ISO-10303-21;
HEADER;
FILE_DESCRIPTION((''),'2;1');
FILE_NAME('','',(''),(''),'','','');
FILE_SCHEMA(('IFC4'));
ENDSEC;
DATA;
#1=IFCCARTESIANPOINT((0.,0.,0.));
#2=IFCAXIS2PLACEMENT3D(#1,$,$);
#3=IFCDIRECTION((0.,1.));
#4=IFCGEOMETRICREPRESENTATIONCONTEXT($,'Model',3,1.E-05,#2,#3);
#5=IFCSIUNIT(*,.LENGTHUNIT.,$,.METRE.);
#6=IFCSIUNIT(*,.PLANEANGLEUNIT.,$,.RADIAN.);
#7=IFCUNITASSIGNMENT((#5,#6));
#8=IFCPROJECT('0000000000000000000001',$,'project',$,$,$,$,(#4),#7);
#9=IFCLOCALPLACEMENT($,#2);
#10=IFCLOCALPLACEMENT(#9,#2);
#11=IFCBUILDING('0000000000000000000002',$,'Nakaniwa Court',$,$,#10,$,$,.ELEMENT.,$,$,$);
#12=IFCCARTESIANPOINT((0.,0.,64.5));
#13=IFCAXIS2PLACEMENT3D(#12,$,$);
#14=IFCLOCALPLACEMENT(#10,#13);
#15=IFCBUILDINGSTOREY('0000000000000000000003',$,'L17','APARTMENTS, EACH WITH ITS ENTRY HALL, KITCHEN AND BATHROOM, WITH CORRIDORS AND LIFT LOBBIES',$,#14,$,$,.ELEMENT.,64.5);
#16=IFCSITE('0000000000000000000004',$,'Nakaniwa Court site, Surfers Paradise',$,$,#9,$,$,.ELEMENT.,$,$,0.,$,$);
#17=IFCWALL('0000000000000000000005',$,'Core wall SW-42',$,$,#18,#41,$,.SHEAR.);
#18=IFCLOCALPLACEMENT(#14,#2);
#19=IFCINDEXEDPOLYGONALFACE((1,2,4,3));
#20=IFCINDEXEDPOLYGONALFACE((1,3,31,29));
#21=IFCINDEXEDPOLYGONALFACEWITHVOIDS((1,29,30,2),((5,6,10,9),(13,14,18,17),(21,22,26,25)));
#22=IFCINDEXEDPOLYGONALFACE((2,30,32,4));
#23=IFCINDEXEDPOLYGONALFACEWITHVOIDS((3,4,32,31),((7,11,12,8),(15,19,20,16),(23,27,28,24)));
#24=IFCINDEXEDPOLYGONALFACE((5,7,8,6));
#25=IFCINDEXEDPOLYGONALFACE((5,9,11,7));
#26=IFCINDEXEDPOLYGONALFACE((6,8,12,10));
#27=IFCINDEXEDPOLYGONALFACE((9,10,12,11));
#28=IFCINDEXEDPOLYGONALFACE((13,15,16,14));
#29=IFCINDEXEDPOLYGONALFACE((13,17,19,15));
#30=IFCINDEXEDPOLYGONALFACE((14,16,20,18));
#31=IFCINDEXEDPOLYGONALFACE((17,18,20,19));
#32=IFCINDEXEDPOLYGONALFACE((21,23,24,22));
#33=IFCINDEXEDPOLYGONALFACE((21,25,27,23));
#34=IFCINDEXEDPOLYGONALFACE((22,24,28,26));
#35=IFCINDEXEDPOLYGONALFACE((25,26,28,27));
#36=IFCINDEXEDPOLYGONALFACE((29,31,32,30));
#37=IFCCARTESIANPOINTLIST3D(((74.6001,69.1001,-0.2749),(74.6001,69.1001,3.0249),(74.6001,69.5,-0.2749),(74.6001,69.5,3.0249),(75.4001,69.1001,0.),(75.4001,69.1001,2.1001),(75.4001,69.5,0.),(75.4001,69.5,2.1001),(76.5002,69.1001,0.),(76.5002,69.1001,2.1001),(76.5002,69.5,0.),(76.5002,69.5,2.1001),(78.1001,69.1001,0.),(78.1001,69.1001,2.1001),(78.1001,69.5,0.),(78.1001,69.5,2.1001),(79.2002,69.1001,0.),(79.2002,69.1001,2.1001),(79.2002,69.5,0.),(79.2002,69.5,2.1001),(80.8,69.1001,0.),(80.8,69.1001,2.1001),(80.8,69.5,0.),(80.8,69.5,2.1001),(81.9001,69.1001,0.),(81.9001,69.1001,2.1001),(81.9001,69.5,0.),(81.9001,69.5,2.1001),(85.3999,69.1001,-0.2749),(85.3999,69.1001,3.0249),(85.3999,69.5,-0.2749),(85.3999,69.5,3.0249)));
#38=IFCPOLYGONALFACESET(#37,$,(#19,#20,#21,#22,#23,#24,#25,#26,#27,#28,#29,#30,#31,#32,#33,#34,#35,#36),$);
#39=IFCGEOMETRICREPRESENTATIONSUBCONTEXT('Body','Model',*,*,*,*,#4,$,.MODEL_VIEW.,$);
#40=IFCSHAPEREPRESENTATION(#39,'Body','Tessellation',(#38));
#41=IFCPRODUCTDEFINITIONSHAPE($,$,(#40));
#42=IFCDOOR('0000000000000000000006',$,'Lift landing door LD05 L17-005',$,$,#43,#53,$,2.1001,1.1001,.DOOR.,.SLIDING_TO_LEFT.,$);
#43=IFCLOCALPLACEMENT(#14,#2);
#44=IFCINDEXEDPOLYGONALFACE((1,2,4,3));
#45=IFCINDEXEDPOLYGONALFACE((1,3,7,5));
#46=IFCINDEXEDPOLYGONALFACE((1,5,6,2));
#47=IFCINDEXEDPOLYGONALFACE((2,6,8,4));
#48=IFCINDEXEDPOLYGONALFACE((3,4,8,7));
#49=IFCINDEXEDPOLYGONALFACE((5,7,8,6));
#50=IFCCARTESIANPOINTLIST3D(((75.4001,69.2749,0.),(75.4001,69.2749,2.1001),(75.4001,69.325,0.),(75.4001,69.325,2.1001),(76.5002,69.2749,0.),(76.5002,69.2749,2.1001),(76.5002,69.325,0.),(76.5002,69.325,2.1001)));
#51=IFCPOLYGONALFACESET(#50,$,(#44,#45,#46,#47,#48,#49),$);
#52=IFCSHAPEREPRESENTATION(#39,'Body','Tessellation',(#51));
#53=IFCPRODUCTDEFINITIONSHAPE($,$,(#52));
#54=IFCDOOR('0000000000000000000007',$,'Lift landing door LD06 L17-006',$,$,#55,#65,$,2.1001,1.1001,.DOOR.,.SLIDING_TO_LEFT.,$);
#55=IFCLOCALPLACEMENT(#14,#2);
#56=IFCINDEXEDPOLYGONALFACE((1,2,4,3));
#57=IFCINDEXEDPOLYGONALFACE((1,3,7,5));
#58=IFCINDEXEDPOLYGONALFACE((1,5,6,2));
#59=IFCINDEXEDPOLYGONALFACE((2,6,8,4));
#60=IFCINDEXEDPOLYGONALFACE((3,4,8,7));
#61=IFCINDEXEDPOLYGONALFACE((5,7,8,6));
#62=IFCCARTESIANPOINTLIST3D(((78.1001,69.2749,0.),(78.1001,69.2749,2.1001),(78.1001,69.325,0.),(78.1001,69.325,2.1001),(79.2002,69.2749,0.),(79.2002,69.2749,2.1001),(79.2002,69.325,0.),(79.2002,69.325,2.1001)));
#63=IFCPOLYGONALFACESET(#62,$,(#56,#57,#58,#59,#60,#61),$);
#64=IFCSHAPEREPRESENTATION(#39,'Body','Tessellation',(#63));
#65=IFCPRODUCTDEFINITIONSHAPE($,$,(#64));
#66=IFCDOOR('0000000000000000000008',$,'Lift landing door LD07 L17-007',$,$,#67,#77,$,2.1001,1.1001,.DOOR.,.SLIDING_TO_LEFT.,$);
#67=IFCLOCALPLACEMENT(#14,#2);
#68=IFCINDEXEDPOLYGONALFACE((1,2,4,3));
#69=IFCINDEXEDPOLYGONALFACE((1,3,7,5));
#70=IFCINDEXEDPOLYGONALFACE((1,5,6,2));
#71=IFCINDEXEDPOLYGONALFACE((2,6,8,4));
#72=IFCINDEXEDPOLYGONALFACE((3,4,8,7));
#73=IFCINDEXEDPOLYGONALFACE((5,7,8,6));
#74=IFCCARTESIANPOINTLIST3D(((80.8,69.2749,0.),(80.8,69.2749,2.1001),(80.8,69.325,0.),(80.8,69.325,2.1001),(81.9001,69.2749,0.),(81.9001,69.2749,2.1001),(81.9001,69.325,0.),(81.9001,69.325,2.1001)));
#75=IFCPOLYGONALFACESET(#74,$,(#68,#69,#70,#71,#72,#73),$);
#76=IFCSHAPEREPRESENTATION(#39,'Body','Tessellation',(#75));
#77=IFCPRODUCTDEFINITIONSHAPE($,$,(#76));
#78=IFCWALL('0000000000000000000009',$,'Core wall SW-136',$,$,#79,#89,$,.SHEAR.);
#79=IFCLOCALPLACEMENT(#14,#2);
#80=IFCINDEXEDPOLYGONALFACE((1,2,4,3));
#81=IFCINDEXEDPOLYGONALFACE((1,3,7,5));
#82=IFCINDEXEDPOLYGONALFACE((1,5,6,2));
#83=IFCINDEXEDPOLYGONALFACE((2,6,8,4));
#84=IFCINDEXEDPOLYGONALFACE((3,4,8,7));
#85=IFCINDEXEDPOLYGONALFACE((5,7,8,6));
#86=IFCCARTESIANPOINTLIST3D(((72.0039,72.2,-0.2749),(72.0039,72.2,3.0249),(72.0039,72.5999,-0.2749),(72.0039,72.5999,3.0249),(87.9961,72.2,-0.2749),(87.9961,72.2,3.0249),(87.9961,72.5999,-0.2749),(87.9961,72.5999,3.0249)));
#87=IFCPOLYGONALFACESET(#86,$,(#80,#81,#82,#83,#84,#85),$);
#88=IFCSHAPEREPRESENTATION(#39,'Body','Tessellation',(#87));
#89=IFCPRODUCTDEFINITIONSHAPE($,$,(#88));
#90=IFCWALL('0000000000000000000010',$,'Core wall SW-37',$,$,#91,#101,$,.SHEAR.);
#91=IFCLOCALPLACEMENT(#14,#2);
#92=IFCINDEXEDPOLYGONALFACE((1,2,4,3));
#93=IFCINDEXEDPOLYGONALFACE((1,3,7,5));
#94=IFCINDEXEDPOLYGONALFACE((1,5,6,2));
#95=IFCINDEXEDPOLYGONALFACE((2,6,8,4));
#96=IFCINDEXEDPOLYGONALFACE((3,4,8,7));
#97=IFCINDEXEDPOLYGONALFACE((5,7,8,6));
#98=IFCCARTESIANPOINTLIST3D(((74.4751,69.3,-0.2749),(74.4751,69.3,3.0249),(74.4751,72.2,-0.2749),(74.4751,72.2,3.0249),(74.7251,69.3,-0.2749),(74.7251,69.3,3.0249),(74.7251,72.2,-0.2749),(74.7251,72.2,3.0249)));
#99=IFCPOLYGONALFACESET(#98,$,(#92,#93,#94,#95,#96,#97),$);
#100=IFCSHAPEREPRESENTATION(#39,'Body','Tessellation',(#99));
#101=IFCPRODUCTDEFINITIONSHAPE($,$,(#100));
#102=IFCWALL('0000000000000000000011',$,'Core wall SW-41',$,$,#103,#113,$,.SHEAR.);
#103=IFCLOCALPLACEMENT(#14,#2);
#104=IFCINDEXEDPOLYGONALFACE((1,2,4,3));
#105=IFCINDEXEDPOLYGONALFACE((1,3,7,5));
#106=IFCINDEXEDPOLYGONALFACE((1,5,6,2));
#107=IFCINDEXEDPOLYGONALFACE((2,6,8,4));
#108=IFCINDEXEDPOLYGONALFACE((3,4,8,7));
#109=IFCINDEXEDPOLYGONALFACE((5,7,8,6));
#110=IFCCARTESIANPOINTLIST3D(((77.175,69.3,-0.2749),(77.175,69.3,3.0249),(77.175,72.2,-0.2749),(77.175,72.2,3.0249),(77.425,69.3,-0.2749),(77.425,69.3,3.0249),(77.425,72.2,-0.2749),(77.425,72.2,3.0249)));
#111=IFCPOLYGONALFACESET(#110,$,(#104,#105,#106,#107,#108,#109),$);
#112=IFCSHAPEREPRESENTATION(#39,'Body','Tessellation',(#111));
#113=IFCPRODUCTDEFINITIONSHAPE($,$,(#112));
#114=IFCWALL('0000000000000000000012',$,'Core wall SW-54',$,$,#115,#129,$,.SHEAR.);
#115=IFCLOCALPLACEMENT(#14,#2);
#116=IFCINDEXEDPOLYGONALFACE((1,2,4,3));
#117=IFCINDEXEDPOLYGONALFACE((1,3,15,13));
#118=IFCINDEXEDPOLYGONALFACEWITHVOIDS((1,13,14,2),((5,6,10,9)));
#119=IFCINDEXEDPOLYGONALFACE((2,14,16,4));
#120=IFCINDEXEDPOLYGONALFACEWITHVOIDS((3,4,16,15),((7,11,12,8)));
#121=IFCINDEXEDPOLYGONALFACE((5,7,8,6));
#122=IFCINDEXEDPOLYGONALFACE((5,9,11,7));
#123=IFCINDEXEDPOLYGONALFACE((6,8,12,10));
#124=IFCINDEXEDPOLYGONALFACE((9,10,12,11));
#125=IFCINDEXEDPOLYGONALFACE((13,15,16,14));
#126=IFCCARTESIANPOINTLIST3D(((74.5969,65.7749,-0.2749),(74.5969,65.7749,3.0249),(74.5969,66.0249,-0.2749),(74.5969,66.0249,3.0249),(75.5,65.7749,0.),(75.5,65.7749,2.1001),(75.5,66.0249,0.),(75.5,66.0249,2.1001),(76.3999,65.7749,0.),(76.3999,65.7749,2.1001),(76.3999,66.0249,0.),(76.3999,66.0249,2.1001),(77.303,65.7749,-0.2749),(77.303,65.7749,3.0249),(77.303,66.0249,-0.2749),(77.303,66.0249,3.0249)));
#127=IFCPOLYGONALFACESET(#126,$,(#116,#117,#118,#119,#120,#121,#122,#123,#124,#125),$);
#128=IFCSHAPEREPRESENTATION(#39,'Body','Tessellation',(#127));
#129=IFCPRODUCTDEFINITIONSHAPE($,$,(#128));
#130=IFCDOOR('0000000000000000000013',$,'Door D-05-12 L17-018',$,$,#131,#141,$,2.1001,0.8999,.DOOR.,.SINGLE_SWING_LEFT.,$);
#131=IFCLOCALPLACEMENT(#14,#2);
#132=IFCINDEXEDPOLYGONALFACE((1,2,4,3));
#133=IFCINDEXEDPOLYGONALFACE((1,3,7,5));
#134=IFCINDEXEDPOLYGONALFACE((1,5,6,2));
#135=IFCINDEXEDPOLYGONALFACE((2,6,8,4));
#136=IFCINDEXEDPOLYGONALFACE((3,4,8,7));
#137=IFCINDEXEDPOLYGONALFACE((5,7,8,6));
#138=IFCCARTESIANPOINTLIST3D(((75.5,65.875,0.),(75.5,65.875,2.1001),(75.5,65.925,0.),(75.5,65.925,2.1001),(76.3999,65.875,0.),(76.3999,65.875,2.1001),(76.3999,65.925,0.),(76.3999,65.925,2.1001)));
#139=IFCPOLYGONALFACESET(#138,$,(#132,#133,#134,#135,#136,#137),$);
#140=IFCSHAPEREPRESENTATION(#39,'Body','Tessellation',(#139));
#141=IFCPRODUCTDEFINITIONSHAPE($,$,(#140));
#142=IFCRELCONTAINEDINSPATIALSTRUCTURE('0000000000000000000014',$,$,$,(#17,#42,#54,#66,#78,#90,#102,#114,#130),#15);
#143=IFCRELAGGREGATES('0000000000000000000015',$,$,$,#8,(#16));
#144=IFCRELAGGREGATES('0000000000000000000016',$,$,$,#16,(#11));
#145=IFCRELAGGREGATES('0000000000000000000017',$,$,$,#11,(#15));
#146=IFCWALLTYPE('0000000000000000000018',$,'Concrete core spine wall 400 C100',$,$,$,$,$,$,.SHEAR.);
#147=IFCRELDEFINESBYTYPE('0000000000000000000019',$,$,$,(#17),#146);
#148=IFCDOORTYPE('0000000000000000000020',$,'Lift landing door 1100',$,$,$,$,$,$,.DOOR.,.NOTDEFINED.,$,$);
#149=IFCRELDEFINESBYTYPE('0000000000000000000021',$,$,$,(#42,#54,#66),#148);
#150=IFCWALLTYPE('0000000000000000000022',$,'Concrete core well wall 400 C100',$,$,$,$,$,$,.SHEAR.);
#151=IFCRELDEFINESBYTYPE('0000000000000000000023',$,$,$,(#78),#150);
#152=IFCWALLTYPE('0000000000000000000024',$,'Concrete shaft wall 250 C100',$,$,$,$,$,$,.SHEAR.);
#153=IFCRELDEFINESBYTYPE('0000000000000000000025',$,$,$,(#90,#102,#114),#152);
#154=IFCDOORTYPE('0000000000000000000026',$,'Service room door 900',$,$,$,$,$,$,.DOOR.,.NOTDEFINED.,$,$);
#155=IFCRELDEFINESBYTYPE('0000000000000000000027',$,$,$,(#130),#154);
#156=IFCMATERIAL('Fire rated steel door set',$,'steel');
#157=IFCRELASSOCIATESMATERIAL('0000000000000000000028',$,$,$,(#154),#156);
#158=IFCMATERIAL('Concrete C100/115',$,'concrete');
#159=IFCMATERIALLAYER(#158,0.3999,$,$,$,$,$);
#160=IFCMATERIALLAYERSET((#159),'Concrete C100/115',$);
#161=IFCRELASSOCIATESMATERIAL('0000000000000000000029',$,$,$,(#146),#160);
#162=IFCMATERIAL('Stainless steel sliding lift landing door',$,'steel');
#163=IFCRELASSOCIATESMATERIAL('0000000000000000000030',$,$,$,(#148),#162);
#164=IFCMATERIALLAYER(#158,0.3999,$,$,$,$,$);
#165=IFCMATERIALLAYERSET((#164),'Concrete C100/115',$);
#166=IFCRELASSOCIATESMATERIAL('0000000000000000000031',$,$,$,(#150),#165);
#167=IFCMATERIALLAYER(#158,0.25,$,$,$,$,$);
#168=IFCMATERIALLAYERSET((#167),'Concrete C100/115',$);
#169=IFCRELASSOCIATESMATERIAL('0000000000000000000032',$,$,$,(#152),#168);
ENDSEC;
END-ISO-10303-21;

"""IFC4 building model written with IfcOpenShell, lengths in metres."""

from ifc_helpers import new_model, si_unit, direction, frame, frame_2d, origin, place, context, subcontext, project, spatial, rectangle, extrude, material, layer, layer_set, type_object, element, fill, save


model = new_model("IFC4")

# Units and contexts
model_context = context("Model", 3, precision=1e-05, world=origin(), true_north=direction((0.0, 1.0)))
body_context = subcontext(model_context, "Body", "Model", "MODEL_VIEW")
ifc_project = project(units=[si_unit("LENGTHUNIT", "METRE"), si_unit("PLANEANGLEUNIT", "RADIAN")], contexts=[model_context])

# Site, building, storey
site_placement = place(None, origin())
site = spatial("IfcSite", under=ifc_project, at=site_placement, Name="Nakaniwa Court site, Surfers Paradise", CompositionType="ELEMENT", RefElevation=0.0)
building_placement = place(site_placement, origin())
building = spatial("IfcBuilding", under=site, at=building_placement, Name="Nakaniwa Court", CompositionType="ELEMENT")
storey_placement = place(building_placement, frame((0.0, 0.0, 64.5)))
storey = spatial("IfcBuildingStorey", under=building, at=storey_placement, Name="L17", Description="APARTMENTS, EACH WITH ITS ENTRY HALL, KITCHEN AND BATHROOM, WITH CORRIDORS AND LIFT LOBBIES", CompositionType="ELEMENT", Elevation=64.5)

# Shared definitions
ifc_material_1 = material(Name="Concrete C100/115", Category="concrete")

# Shared definitions
ifc_material_2 = material(Name="Fire rated steel door set", Category="steel")
door_type_1 = type_object("IfcDoorType", Name="Service room door 900", OperationType="NOTDEFINED", PredefinedType="DOOR", material=ifc_material_2)

# Wall, openings, doors
ifc_layer_1 = layer(ifc_material_1, 0.3999)
ifc_layer_set_1 = layer_set([ifc_layer_1], Name="Concrete C100/115")
wall_type_1 = type_object("IfcWallType", Name="Concrete core spine wall 400 C100", PredefinedType="SHEAR", material=ifc_layer_set_1)
wall_1_placement = place(storey_placement, frame((74.6001, 69.3, -0.2749), z_axis=(0.0, 0.0, 1.0), x_axis=(1.0, 0.0, 0.0)))
wall_1 = element("IfcWall", 1, at=wall_1_placement, inside=storey, type_object=wall_type_1, Name="Core wall SW-42", PredefinedType="SHEAR", context=body_context, shape_type="SweptSolid", body=[
    extrude(rectangle(XDim=10.7998, YDim=0.3999, at=frame_2d((5.3999, 0.0))), origin(), (0.0, 0.0, 1.0), 3.2998),
])
opening_1_placement = place(wall_1_placement, frame((0.8, 0.0, 0.2749)))
opening_1 = element("IfcOpeningElement", 2, at=opening_1_placement, cuts=wall_1, PredefinedType="OPENING", context=body_context, shape_type="SweptSolid", body=[
    extrude(rectangle(XDim=1.1001, YDim=2.1001, at=frame_2d((0.55, 1.05))), frame((0.0, 0.21, 0.0), z_axis=(0.0, -1.0, 0.0), x_axis=(1.0, 0.0, 0.0)), (0.0, 0.0, 1.0), 0.4199),
])
opening_2_placement = place(wall_1_placement, frame((3.5, 0.0, 0.2749)))
opening_2 = element("IfcOpeningElement", 3, at=opening_2_placement, cuts=wall_1, PredefinedType="OPENING", context=body_context, shape_type="SweptSolid", body=[
    extrude(rectangle(XDim=1.1001, YDim=2.1001, at=frame_2d((0.55, 1.05))), frame((0.0, 0.21, 0.0), z_axis=(0.0, -1.0, 0.0), x_axis=(1.0, 0.0, 0.0)), (0.0, 0.0, 1.0), 0.4199),
])
opening_3_placement = place(wall_1_placement, frame((6.2, 0.0, 0.2749)))
opening_3 = element("IfcOpeningElement", 4, at=opening_3_placement, cuts=wall_1, PredefinedType="OPENING", context=body_context, shape_type="SweptSolid", body=[
    extrude(rectangle(XDim=1.1001, YDim=2.1001, at=frame_2d((0.55, 1.05))), frame((0.0, 0.21, 0.0), z_axis=(0.0, -1.0, 0.0), x_axis=(1.0, 0.0, 0.0)), (0.0, 0.0, 1.0), 0.4199),
])
ifc_material_3 = material(Name="Stainless steel sliding lift landing door", Category="steel")
door_type_2 = type_object("IfcDoorType", Name="Lift landing door 1100", OperationType="NOTDEFINED", PredefinedType="DOOR", material=ifc_material_3)
door_1_placement = place(opening_1_placement, origin())
door_1 = element("IfcDoor", 5, at=door_1_placement, inside=storey, type_object=door_type_2, Name="Lift landing door LD05 L17-005", OperationType="SLIDING_TO_LEFT", OverallHeight=2.1001, OverallWidth=1.1001, PredefinedType="DOOR", context=body_context, shape_type="SweptSolid", body=[
    extrude(rectangle(XDim=1.1001, YDim=2.1001, at=frame_2d((0.55, 1.05))), frame((0.0, 0.0249, 0.0), z_axis=(0.0, -1.0, 0.0), x_axis=(1.0, 0.0, 0.0)), (0.0, 0.0, 1.0), 0.05),
])
fill(opening_1, door_1)
door_2_placement = place(opening_2_placement, origin())
door_2 = element("IfcDoor", 6, at=door_2_placement, inside=storey, type_object=door_type_2, Name="Lift landing door LD06 L17-006", OperationType="SLIDING_TO_LEFT", OverallHeight=2.1001, OverallWidth=1.1001, PredefinedType="DOOR", context=body_context, shape_type="SweptSolid", body=[
    extrude(rectangle(XDim=1.1001, YDim=2.1001, at=frame_2d((0.55, 1.05))), frame((0.0, 0.0249, 0.0), z_axis=(0.0, -1.0, 0.0), x_axis=(1.0, 0.0, 0.0)), (0.0, 0.0, 1.0), 0.05),
])
fill(opening_2, door_2)
door_3_placement = place(opening_3_placement, origin())
door_3 = element("IfcDoor", 7, at=door_3_placement, inside=storey, type_object=door_type_2, Name="Lift landing door LD07 L17-007", OperationType="SLIDING_TO_LEFT", OverallHeight=2.1001, OverallWidth=1.1001, PredefinedType="DOOR", context=body_context, shape_type="SweptSolid", body=[
    extrude(rectangle(XDim=1.1001, YDim=2.1001, at=frame_2d((0.55, 1.05))), frame((0.0, 0.0249, 0.0), z_axis=(0.0, -1.0, 0.0), x_axis=(1.0, 0.0, 0.0)), (0.0, 0.0, 1.0), 0.05),
])
fill(opening_3, door_3)

# Walls
ifc_layer_2 = layer(ifc_material_1, 0.3999)
ifc_layer_set_2 = layer_set([ifc_layer_2], Name="Concrete C100/115")
wall_type_2 = type_object("IfcWallType", Name="Concrete core well wall 400 C100", PredefinedType="SHEAR", material=ifc_layer_set_2)
wall_2_placement = place(storey_placement, frame((72.0039, 72.3999, -0.2749), z_axis=(0.0, 0.0, 1.0), x_axis=(1.0, 0.0, 0.0)))
element("IfcWall", 8, at=wall_2_placement, inside=storey, type_object=wall_type_2, Name="Core wall SW-136", PredefinedType="SHEAR", context=body_context, shape_type="SweptSolid", body=[
    extrude(rectangle(XDim=15.9922, YDim=0.3999, at=frame_2d((7.9961, 0.0))), origin(), (0.0, 0.0, 1.0), 3.2998),
])
ifc_layer_3 = layer(ifc_material_1, 0.25)
ifc_layer_set_3 = layer_set([ifc_layer_3], Name="Concrete C100/115")
wall_type_3 = type_object("IfcWallType", Name="Concrete shaft wall 250 C100", PredefinedType="SHEAR", material=ifc_layer_set_3)
for number, where, z_axis, x_axis, name in (
    (9, (74.6001, 69.3, -0.2749), (0.0, 0.0, 1.0), (0.0, 1.0, 0.0), "Core wall SW-37"),
    (10, (77.3, 69.3, -0.2749), (0.0, 0.0, 1.0), (0.0, 1.0, 0.0), "Core wall SW-41"),
):
    element("IfcWall", number, at=place(storey_placement, frame(where, z_axis=z_axis, x_axis=x_axis)), inside=storey, type_object=wall_type_3, Name=name, PredefinedType="SHEAR", context=body_context, shape_type="SweptSolid", body=[
        extrude(rectangle(XDim=2.8999, YDim=0.25, at=frame_2d((1.45, 0.0))), origin(), (0.0, 0.0, 1.0), 3.2998),
    ])

# Wall, opening, door
wall_3_placement = place(storey_placement, frame((77.303, 65.8999, -0.2749), z_axis=(0.0, 0.0, 1.0), x_axis=(-1.0, 0.0, 0.0)))
wall_3 = element("IfcWall", 11, at=wall_3_placement, inside=storey, type_object=wall_type_3, Name="Core wall SW-54", PredefinedType="SHEAR", context=body_context, shape_type="SweptSolid", body=[
    extrude(rectangle(XDim=2.7061, YDim=0.25, at=frame_2d((1.353, 0.0))), origin(), (0.0, 0.0, 1.0), 3.2998),
])
opening_4_placement = place(wall_3_placement, frame((0.9031, 0.0, 0.2749)))
opening_4 = element("IfcOpeningElement", 12, at=opening_4_placement, cuts=wall_3, PredefinedType="OPENING", context=body_context, shape_type="SweptSolid", body=[
    extrude(rectangle(XDim=0.8999, YDim=2.1001, at=frame_2d((0.45, 1.05))), frame((0.0, 0.135, 0.0), z_axis=(0.0, -1.0, 0.0), x_axis=(1.0, 0.0, 0.0)), (0.0, 0.0, 1.0), 0.27),
])
door_4_placement = place(opening_4_placement, origin())
door_4 = element("IfcDoor", 13, at=door_4_placement, inside=storey, type_object=door_type_1, Name="Door D-05-12 L17-018", OperationType="SINGLE_SWING_LEFT", OverallHeight=2.1001, OverallWidth=0.8999, PredefinedType="DOOR", context=body_context, shape_type="SweptSolid", body=[
    extrude(rectangle(XDim=0.8999, YDim=2.1001, at=frame_2d((0.45, 1.05))), frame((0.0, 0.0249, 0.0), z_axis=(0.0, -1.0, 0.0), x_axis=(1.0, 0.0, 0.0)), (0.0, 0.0, 1.0), 0.05),
])
fill(opening_4, door_4)

save(model, "model.ifc")
